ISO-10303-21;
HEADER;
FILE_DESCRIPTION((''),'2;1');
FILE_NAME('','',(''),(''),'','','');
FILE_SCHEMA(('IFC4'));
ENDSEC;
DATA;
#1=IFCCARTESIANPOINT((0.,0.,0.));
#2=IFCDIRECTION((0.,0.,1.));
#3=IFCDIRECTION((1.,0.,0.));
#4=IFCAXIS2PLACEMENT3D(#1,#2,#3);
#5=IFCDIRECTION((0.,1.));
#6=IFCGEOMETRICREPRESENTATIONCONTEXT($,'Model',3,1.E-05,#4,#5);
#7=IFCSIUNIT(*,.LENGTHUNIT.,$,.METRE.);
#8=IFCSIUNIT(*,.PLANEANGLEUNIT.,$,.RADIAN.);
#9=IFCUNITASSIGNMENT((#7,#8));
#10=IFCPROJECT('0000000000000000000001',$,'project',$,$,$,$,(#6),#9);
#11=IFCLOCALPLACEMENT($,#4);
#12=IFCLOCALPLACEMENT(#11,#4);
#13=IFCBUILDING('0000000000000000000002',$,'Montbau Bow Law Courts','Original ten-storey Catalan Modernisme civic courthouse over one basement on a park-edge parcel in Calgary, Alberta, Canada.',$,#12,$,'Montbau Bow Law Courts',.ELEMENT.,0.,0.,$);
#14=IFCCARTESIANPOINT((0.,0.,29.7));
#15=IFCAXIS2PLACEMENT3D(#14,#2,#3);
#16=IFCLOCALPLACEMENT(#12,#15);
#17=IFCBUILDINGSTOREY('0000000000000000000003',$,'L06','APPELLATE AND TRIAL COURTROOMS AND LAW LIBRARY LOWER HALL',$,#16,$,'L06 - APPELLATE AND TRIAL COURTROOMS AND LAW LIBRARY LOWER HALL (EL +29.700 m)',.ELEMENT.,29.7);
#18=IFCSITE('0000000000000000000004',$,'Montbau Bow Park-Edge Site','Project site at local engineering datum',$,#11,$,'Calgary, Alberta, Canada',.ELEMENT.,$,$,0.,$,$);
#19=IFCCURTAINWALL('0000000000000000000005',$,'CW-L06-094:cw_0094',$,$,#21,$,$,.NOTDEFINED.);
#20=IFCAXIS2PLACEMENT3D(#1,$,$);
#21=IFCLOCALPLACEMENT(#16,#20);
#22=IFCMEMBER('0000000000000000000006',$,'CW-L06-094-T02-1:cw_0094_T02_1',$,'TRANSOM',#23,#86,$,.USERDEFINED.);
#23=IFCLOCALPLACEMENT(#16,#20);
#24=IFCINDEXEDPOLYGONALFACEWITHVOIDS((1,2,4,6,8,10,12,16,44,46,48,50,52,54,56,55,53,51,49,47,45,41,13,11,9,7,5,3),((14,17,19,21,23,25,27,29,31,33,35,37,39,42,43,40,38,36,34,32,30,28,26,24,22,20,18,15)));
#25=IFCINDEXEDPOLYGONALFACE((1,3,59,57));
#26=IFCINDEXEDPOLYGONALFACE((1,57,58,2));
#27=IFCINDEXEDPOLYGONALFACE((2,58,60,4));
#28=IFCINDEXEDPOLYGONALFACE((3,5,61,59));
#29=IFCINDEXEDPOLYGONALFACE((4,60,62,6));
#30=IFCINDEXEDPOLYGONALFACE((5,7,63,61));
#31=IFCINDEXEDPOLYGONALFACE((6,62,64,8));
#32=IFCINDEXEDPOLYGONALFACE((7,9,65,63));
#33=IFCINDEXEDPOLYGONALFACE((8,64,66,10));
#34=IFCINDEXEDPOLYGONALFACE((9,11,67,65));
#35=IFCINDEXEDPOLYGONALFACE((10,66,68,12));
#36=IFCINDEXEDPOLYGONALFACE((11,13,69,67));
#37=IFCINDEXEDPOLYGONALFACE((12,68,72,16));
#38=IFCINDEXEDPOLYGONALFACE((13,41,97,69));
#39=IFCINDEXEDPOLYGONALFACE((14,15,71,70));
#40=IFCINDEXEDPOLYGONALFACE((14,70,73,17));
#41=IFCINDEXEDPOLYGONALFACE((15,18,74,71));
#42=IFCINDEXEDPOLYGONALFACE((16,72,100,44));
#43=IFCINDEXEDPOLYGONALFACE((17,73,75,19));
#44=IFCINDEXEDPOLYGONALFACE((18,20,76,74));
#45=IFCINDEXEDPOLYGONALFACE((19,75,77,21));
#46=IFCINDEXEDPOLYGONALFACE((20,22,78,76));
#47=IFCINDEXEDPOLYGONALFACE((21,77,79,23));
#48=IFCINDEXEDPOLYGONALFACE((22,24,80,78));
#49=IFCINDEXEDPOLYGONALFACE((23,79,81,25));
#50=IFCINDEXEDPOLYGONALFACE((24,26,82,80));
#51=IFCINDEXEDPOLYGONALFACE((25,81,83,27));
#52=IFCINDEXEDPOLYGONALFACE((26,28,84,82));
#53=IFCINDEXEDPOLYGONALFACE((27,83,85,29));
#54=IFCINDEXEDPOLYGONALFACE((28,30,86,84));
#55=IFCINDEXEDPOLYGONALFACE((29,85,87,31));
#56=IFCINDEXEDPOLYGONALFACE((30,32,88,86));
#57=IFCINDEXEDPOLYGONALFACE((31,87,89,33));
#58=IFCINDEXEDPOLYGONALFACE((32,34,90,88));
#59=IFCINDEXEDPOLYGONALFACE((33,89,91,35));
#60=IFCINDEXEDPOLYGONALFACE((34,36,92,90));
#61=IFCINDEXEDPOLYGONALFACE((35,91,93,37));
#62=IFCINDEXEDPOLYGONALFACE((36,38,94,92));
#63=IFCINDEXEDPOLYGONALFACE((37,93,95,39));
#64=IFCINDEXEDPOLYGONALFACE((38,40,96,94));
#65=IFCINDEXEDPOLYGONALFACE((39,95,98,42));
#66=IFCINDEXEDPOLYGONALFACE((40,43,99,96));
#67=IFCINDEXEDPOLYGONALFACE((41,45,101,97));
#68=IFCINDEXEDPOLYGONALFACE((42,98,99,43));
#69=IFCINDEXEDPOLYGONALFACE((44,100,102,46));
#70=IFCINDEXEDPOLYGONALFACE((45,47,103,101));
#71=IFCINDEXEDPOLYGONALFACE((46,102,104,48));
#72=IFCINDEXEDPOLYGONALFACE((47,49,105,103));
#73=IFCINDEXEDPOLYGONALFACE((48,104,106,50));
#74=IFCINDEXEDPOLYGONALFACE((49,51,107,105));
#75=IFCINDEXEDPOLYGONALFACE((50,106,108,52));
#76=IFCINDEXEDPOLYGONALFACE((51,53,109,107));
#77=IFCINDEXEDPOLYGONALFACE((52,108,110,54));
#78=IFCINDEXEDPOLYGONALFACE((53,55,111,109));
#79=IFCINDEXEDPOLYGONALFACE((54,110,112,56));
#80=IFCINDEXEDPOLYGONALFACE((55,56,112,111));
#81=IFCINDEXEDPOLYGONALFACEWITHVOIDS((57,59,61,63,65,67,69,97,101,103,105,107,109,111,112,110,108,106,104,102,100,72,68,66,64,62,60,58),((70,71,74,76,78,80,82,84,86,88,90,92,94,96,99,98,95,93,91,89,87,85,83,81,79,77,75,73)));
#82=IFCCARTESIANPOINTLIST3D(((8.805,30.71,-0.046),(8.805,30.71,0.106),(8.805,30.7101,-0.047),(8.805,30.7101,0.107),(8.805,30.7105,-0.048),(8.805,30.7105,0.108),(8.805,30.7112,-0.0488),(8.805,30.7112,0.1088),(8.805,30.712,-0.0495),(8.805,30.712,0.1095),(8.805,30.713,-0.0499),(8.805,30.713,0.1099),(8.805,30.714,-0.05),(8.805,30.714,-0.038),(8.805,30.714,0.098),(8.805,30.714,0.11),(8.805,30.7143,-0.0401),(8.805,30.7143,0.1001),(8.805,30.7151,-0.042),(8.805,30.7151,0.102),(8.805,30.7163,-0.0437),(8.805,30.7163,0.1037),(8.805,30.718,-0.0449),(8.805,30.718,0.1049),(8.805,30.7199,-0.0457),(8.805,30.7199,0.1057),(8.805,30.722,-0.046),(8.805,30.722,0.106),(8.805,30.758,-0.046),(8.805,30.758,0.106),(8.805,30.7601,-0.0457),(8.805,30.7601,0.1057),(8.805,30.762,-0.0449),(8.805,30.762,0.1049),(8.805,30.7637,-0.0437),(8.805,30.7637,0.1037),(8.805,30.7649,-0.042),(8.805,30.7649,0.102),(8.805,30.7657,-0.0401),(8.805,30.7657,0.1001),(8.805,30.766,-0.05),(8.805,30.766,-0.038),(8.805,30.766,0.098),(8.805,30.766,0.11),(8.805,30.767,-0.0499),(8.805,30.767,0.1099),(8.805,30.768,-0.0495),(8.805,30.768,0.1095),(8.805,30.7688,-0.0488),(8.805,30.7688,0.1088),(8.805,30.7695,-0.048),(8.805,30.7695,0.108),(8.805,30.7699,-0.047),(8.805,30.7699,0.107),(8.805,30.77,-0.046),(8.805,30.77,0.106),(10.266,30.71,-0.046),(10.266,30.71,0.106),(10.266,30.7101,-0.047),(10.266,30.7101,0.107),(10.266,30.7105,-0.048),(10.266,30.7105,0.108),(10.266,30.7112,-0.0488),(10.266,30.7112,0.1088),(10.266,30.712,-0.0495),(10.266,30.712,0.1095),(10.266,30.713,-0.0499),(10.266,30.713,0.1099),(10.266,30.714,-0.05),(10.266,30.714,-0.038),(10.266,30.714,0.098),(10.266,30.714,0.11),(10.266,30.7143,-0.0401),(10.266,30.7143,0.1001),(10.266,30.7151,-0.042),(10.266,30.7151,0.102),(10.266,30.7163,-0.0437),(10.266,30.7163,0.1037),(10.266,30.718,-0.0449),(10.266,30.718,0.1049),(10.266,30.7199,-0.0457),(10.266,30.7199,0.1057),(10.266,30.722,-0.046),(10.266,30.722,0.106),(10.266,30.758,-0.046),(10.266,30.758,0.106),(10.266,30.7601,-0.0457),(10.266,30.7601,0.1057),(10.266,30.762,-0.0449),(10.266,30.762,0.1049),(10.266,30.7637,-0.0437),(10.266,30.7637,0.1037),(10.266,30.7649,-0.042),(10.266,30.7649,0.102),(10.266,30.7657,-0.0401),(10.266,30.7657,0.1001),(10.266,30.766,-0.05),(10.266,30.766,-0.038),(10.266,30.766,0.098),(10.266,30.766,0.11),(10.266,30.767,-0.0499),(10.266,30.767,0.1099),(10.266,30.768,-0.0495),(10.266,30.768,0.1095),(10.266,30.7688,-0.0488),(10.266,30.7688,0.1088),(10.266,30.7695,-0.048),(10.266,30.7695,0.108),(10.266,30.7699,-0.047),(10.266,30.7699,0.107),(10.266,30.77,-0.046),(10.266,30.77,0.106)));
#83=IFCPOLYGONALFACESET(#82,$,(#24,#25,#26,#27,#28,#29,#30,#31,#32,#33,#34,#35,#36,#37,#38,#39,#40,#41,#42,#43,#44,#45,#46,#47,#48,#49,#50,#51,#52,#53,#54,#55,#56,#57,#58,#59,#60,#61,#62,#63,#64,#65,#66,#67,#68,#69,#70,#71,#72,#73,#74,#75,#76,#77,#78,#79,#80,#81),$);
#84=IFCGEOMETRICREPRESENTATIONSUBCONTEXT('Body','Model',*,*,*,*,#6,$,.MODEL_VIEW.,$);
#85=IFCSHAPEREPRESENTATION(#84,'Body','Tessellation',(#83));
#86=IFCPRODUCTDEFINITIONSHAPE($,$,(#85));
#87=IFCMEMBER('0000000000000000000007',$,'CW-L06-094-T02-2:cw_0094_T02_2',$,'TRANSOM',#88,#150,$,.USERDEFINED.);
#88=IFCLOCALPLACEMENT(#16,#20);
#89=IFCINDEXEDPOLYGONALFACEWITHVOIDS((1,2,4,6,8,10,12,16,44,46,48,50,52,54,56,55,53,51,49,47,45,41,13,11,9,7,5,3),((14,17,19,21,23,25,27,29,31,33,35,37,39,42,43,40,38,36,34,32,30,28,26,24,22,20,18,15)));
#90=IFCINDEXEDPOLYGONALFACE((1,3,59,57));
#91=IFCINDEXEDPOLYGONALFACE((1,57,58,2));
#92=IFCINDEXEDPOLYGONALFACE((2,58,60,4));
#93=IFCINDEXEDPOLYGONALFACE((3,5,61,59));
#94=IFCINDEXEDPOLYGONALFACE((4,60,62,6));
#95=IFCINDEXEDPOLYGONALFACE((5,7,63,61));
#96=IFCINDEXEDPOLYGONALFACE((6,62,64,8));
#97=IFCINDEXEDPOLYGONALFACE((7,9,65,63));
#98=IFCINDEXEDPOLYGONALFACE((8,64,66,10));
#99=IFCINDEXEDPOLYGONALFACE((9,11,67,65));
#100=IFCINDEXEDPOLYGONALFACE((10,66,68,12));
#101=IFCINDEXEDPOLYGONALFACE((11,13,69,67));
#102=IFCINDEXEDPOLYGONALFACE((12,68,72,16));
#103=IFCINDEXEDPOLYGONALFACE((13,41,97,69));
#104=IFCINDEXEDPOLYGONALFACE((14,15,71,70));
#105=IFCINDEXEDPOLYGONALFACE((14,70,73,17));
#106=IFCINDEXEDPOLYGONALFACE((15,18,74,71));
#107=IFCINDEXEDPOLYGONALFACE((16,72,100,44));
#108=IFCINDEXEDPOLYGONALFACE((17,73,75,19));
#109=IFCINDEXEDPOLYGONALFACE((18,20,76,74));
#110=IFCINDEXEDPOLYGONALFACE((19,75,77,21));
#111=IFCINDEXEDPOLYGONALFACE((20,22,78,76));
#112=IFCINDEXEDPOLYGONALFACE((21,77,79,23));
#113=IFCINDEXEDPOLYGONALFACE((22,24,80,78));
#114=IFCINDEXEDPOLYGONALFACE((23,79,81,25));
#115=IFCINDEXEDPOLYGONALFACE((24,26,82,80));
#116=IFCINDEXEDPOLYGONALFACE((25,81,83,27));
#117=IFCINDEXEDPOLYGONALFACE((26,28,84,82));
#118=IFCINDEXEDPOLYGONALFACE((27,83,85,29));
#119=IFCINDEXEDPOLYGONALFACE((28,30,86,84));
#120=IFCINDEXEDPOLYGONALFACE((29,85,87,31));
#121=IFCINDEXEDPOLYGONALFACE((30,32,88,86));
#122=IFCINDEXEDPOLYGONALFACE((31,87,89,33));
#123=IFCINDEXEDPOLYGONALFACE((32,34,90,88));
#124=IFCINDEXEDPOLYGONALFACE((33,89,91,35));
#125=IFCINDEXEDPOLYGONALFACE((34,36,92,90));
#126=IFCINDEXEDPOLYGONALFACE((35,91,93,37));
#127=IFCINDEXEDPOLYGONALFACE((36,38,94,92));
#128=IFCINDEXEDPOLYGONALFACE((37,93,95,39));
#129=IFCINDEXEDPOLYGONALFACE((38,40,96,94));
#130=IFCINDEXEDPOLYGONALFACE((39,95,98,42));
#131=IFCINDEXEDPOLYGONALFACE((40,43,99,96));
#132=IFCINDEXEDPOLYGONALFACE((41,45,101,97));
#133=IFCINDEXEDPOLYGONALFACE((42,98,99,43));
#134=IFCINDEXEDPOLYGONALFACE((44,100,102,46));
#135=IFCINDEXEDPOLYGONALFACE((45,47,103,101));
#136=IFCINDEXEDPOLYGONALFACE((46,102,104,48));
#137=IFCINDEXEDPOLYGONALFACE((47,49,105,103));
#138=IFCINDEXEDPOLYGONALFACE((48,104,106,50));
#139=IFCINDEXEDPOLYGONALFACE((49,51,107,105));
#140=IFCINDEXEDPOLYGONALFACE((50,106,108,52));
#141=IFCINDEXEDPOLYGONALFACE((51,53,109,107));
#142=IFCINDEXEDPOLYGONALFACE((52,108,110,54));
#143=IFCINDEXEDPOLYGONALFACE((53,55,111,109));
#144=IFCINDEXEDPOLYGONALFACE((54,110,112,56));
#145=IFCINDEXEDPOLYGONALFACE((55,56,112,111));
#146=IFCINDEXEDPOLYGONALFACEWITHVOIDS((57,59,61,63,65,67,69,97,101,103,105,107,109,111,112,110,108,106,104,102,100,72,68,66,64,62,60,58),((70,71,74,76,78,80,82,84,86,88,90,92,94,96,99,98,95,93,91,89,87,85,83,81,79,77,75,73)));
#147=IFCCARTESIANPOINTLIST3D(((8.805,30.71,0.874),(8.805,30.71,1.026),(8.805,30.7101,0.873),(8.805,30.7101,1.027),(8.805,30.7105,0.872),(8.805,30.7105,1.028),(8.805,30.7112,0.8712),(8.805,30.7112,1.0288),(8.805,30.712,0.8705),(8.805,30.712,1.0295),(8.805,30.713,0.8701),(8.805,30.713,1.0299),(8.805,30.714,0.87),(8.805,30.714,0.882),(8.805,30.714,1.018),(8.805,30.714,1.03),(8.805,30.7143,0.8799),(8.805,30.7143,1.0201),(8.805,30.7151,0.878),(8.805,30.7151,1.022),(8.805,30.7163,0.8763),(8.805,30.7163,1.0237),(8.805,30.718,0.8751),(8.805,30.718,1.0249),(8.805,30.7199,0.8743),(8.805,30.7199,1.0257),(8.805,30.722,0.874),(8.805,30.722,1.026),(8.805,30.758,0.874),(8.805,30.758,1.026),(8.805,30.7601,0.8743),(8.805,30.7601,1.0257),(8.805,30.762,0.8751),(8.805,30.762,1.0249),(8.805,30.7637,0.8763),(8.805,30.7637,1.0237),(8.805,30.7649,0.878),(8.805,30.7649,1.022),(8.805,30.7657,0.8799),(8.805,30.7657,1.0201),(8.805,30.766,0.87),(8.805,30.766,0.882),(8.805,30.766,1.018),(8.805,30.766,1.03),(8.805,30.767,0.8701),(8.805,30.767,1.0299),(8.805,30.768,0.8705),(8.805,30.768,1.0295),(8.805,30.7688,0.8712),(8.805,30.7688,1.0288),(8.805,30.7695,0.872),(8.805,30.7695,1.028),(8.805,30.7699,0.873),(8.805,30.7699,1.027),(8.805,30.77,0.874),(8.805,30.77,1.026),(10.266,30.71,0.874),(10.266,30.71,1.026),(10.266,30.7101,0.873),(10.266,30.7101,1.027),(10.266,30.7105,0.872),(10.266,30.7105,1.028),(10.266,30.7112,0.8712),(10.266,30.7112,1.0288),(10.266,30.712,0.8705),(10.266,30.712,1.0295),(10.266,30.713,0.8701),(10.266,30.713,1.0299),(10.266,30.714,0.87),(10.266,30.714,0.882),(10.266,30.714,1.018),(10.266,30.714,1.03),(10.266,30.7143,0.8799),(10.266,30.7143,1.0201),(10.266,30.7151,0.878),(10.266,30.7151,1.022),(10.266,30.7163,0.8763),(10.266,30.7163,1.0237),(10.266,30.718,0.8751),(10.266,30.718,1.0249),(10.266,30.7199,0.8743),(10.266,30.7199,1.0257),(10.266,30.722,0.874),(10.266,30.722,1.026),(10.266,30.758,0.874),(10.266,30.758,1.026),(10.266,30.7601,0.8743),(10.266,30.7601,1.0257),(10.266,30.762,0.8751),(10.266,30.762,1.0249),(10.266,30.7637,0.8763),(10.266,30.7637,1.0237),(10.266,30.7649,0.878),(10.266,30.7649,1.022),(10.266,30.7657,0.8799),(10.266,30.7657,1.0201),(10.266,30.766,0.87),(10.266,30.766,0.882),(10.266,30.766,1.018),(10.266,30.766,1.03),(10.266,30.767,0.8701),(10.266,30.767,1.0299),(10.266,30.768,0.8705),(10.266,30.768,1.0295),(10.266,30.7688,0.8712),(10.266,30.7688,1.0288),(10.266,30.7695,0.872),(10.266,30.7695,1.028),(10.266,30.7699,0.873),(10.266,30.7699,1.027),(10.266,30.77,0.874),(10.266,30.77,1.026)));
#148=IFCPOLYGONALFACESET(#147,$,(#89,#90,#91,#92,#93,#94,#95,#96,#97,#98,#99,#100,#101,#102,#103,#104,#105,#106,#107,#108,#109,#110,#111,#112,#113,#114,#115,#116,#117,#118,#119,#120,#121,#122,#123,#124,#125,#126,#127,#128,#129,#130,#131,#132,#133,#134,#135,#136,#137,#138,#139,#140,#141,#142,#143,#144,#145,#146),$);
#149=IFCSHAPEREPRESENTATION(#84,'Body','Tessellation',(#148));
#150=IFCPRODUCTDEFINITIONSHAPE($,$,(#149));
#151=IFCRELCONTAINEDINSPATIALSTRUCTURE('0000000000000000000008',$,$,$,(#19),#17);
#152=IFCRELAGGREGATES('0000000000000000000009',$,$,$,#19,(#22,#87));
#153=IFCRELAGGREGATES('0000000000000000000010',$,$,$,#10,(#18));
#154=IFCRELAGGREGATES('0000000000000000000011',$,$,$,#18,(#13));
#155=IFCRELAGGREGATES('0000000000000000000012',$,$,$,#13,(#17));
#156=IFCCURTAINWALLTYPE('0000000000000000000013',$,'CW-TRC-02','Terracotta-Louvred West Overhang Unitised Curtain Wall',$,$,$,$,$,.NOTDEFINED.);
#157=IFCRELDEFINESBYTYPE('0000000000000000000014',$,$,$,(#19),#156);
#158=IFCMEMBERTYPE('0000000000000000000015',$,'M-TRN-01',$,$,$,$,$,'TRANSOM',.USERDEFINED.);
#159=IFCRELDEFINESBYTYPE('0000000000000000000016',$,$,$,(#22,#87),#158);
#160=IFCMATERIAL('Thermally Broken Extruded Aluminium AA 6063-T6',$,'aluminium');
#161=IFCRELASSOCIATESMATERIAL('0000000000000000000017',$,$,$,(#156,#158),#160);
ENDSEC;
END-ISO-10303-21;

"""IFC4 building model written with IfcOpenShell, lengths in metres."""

from ifc_helpers import new_model, si_unit, direction, frame, origin_with_axes, origin_2d_with_axis, place, context, subcontext, project, spatial, hollow_rectangle, extrude, material, material_profile, profile_set, type_object, element, aggregate, save


model = new_model("IFC4")

# Units and contexts
model_context = context("Model", 3, precision=1e-05, world=origin_with_axes(), true_north=direction((0.0, 1.0)))
body_context = subcontext(model_context, "Body", "Model", "MODEL_VIEW")
ifc_project = project(units=[si_unit("LENGTHUNIT", "METRE"), si_unit("PLANEANGLEUNIT", "RADIAN")], contexts=[model_context])

# Site, building, storey
site_placement = place(None, origin_with_axes())
site = spatial("IfcSite", under=ifc_project, at=site_placement, Name="Montbau Bow Park-Edge Site", Description="Project site at local engineering datum", LongName="Calgary, Alberta, Canada", CompositionType="ELEMENT", RefElevation=0.0)
building_placement = place(site_placement, origin_with_axes())
building = spatial("IfcBuilding", under=site, at=building_placement, Name="Montbau Bow Law Courts", Description="Original ten-storey Catalan Modernisme civic courthouse over one basement on a park-edge parcel in Calgary, Alberta, Canada.", LongName="Montbau Bow Law Courts", CompositionType="ELEMENT", ElevationOfRefHeight=0.0, ElevationOfTerrain=0.0)
storey_placement = place(building_placement, frame((0.0, 0.0, 29.7), z_axis=(0.0, 0.0, 1.0), x_axis=(1.0, 0.0, 0.0)))
storey = spatial("IfcBuildingStorey", under=building, at=storey_placement, Name="L06", Description="APPELLATE AND TRIAL COURTROOMS AND LAW LIBRARY LOWER HALL", LongName="L06 - APPELLATE AND TRIAL COURTROOMS AND LAW LIBRARY LOWER HALL (EL +29.700 m)", CompositionType="ELEMENT", Elevation=29.7)

# Curtain wall
ifc_material_1 = material(Name="Thermally Broken Extruded Aluminium AA 6063-T6", Category="aluminium")
curtain_wall_type = type_object("IfcCurtainWallType", Name="CW-TRC-02", Description="Terracotta-Louvred West Overhang Unitised Curtain Wall", PredefinedType="NOTDEFINED", material=ifc_material_1)
curtain_wall_1_placement = place(None, frame((7.24, 30.74, 29.7), z_axis=(0.0, 0.0, 1.0), x_axis=(1.0, 0.0, 0.0)))
curtain_wall_1 = element("IfcCurtainWall", 1, at=curtain_wall_1_placement, inside=storey, type_object=curtain_wall_type, Name="CW-L06-094:cw_0094", PredefinedType="NOTDEFINED")

# Members
ifc_material_profile_1 = material_profile(ifc_material_1, hollow_rectangle(XDim=0.06, YDim=0.16, WallThickness=0.004, InnerFilletRadius=0.008, OuterFilletRadius=0.004, at=origin_2d_with_axis()), Name="CWT-160X60", Category="Main", Priority=0)
ifc_profile_set_1 = profile_set([ifc_material_profile_1], Name="Thermally Broken Extruded Aluminium AA 6063-T6")
member_type_1 = type_object("IfcMemberType", Name="M-TRN-01", ElementType="TRANSOM", PredefinedType="USERDEFINED", material=ifc_profile_set_1)
member_1_placement = place(None, frame((8.805, 30.74, 29.73), z_axis=(1.0, 0.0, 0.0), x_axis=(0.0, 1.0, 0.0)))
member_1 = element("IfcMember", 2, at=member_1_placement, type_object=member_type_1, Name="CW-L06-094-T02-1:cw_0094_T02_1", ObjectType="TRANSOM", PredefinedType="USERDEFINED", context=body_context, shape_type="SweptSolid", body=[
    extrude(hollow_rectangle(XDim=0.06, YDim=0.16, WallThickness=0.004, InnerFilletRadius=0.008, OuterFilletRadius=0.004, at=origin_2d_with_axis()), origin_with_axes(), (0.0, 0.0, 1.0), 1.461),
])
member_2_placement = place(None, frame((8.805, 30.74, 30.65), z_axis=(1.0, 0.0, 0.0), x_axis=(0.0, 1.0, 0.0)))
member_2 = element("IfcMember", 3, at=member_2_placement, type_object=member_type_1, Name="CW-L06-094-T02-2:cw_0094_T02_2", ObjectType="TRANSOM", PredefinedType="USERDEFINED", context=body_context, shape_type="SweptSolid", body=[
    extrude(hollow_rectangle(XDim=0.06, YDim=0.16, WallThickness=0.004, InnerFilletRadius=0.008, OuterFilletRadius=0.004, at=origin_2d_with_axis()), origin_with_axes(), (0.0, 0.0, 1.0), 1.461),
])

aggregate(curtain_wall_1, [member_1, member_2])

save(model, "model.ifc")
